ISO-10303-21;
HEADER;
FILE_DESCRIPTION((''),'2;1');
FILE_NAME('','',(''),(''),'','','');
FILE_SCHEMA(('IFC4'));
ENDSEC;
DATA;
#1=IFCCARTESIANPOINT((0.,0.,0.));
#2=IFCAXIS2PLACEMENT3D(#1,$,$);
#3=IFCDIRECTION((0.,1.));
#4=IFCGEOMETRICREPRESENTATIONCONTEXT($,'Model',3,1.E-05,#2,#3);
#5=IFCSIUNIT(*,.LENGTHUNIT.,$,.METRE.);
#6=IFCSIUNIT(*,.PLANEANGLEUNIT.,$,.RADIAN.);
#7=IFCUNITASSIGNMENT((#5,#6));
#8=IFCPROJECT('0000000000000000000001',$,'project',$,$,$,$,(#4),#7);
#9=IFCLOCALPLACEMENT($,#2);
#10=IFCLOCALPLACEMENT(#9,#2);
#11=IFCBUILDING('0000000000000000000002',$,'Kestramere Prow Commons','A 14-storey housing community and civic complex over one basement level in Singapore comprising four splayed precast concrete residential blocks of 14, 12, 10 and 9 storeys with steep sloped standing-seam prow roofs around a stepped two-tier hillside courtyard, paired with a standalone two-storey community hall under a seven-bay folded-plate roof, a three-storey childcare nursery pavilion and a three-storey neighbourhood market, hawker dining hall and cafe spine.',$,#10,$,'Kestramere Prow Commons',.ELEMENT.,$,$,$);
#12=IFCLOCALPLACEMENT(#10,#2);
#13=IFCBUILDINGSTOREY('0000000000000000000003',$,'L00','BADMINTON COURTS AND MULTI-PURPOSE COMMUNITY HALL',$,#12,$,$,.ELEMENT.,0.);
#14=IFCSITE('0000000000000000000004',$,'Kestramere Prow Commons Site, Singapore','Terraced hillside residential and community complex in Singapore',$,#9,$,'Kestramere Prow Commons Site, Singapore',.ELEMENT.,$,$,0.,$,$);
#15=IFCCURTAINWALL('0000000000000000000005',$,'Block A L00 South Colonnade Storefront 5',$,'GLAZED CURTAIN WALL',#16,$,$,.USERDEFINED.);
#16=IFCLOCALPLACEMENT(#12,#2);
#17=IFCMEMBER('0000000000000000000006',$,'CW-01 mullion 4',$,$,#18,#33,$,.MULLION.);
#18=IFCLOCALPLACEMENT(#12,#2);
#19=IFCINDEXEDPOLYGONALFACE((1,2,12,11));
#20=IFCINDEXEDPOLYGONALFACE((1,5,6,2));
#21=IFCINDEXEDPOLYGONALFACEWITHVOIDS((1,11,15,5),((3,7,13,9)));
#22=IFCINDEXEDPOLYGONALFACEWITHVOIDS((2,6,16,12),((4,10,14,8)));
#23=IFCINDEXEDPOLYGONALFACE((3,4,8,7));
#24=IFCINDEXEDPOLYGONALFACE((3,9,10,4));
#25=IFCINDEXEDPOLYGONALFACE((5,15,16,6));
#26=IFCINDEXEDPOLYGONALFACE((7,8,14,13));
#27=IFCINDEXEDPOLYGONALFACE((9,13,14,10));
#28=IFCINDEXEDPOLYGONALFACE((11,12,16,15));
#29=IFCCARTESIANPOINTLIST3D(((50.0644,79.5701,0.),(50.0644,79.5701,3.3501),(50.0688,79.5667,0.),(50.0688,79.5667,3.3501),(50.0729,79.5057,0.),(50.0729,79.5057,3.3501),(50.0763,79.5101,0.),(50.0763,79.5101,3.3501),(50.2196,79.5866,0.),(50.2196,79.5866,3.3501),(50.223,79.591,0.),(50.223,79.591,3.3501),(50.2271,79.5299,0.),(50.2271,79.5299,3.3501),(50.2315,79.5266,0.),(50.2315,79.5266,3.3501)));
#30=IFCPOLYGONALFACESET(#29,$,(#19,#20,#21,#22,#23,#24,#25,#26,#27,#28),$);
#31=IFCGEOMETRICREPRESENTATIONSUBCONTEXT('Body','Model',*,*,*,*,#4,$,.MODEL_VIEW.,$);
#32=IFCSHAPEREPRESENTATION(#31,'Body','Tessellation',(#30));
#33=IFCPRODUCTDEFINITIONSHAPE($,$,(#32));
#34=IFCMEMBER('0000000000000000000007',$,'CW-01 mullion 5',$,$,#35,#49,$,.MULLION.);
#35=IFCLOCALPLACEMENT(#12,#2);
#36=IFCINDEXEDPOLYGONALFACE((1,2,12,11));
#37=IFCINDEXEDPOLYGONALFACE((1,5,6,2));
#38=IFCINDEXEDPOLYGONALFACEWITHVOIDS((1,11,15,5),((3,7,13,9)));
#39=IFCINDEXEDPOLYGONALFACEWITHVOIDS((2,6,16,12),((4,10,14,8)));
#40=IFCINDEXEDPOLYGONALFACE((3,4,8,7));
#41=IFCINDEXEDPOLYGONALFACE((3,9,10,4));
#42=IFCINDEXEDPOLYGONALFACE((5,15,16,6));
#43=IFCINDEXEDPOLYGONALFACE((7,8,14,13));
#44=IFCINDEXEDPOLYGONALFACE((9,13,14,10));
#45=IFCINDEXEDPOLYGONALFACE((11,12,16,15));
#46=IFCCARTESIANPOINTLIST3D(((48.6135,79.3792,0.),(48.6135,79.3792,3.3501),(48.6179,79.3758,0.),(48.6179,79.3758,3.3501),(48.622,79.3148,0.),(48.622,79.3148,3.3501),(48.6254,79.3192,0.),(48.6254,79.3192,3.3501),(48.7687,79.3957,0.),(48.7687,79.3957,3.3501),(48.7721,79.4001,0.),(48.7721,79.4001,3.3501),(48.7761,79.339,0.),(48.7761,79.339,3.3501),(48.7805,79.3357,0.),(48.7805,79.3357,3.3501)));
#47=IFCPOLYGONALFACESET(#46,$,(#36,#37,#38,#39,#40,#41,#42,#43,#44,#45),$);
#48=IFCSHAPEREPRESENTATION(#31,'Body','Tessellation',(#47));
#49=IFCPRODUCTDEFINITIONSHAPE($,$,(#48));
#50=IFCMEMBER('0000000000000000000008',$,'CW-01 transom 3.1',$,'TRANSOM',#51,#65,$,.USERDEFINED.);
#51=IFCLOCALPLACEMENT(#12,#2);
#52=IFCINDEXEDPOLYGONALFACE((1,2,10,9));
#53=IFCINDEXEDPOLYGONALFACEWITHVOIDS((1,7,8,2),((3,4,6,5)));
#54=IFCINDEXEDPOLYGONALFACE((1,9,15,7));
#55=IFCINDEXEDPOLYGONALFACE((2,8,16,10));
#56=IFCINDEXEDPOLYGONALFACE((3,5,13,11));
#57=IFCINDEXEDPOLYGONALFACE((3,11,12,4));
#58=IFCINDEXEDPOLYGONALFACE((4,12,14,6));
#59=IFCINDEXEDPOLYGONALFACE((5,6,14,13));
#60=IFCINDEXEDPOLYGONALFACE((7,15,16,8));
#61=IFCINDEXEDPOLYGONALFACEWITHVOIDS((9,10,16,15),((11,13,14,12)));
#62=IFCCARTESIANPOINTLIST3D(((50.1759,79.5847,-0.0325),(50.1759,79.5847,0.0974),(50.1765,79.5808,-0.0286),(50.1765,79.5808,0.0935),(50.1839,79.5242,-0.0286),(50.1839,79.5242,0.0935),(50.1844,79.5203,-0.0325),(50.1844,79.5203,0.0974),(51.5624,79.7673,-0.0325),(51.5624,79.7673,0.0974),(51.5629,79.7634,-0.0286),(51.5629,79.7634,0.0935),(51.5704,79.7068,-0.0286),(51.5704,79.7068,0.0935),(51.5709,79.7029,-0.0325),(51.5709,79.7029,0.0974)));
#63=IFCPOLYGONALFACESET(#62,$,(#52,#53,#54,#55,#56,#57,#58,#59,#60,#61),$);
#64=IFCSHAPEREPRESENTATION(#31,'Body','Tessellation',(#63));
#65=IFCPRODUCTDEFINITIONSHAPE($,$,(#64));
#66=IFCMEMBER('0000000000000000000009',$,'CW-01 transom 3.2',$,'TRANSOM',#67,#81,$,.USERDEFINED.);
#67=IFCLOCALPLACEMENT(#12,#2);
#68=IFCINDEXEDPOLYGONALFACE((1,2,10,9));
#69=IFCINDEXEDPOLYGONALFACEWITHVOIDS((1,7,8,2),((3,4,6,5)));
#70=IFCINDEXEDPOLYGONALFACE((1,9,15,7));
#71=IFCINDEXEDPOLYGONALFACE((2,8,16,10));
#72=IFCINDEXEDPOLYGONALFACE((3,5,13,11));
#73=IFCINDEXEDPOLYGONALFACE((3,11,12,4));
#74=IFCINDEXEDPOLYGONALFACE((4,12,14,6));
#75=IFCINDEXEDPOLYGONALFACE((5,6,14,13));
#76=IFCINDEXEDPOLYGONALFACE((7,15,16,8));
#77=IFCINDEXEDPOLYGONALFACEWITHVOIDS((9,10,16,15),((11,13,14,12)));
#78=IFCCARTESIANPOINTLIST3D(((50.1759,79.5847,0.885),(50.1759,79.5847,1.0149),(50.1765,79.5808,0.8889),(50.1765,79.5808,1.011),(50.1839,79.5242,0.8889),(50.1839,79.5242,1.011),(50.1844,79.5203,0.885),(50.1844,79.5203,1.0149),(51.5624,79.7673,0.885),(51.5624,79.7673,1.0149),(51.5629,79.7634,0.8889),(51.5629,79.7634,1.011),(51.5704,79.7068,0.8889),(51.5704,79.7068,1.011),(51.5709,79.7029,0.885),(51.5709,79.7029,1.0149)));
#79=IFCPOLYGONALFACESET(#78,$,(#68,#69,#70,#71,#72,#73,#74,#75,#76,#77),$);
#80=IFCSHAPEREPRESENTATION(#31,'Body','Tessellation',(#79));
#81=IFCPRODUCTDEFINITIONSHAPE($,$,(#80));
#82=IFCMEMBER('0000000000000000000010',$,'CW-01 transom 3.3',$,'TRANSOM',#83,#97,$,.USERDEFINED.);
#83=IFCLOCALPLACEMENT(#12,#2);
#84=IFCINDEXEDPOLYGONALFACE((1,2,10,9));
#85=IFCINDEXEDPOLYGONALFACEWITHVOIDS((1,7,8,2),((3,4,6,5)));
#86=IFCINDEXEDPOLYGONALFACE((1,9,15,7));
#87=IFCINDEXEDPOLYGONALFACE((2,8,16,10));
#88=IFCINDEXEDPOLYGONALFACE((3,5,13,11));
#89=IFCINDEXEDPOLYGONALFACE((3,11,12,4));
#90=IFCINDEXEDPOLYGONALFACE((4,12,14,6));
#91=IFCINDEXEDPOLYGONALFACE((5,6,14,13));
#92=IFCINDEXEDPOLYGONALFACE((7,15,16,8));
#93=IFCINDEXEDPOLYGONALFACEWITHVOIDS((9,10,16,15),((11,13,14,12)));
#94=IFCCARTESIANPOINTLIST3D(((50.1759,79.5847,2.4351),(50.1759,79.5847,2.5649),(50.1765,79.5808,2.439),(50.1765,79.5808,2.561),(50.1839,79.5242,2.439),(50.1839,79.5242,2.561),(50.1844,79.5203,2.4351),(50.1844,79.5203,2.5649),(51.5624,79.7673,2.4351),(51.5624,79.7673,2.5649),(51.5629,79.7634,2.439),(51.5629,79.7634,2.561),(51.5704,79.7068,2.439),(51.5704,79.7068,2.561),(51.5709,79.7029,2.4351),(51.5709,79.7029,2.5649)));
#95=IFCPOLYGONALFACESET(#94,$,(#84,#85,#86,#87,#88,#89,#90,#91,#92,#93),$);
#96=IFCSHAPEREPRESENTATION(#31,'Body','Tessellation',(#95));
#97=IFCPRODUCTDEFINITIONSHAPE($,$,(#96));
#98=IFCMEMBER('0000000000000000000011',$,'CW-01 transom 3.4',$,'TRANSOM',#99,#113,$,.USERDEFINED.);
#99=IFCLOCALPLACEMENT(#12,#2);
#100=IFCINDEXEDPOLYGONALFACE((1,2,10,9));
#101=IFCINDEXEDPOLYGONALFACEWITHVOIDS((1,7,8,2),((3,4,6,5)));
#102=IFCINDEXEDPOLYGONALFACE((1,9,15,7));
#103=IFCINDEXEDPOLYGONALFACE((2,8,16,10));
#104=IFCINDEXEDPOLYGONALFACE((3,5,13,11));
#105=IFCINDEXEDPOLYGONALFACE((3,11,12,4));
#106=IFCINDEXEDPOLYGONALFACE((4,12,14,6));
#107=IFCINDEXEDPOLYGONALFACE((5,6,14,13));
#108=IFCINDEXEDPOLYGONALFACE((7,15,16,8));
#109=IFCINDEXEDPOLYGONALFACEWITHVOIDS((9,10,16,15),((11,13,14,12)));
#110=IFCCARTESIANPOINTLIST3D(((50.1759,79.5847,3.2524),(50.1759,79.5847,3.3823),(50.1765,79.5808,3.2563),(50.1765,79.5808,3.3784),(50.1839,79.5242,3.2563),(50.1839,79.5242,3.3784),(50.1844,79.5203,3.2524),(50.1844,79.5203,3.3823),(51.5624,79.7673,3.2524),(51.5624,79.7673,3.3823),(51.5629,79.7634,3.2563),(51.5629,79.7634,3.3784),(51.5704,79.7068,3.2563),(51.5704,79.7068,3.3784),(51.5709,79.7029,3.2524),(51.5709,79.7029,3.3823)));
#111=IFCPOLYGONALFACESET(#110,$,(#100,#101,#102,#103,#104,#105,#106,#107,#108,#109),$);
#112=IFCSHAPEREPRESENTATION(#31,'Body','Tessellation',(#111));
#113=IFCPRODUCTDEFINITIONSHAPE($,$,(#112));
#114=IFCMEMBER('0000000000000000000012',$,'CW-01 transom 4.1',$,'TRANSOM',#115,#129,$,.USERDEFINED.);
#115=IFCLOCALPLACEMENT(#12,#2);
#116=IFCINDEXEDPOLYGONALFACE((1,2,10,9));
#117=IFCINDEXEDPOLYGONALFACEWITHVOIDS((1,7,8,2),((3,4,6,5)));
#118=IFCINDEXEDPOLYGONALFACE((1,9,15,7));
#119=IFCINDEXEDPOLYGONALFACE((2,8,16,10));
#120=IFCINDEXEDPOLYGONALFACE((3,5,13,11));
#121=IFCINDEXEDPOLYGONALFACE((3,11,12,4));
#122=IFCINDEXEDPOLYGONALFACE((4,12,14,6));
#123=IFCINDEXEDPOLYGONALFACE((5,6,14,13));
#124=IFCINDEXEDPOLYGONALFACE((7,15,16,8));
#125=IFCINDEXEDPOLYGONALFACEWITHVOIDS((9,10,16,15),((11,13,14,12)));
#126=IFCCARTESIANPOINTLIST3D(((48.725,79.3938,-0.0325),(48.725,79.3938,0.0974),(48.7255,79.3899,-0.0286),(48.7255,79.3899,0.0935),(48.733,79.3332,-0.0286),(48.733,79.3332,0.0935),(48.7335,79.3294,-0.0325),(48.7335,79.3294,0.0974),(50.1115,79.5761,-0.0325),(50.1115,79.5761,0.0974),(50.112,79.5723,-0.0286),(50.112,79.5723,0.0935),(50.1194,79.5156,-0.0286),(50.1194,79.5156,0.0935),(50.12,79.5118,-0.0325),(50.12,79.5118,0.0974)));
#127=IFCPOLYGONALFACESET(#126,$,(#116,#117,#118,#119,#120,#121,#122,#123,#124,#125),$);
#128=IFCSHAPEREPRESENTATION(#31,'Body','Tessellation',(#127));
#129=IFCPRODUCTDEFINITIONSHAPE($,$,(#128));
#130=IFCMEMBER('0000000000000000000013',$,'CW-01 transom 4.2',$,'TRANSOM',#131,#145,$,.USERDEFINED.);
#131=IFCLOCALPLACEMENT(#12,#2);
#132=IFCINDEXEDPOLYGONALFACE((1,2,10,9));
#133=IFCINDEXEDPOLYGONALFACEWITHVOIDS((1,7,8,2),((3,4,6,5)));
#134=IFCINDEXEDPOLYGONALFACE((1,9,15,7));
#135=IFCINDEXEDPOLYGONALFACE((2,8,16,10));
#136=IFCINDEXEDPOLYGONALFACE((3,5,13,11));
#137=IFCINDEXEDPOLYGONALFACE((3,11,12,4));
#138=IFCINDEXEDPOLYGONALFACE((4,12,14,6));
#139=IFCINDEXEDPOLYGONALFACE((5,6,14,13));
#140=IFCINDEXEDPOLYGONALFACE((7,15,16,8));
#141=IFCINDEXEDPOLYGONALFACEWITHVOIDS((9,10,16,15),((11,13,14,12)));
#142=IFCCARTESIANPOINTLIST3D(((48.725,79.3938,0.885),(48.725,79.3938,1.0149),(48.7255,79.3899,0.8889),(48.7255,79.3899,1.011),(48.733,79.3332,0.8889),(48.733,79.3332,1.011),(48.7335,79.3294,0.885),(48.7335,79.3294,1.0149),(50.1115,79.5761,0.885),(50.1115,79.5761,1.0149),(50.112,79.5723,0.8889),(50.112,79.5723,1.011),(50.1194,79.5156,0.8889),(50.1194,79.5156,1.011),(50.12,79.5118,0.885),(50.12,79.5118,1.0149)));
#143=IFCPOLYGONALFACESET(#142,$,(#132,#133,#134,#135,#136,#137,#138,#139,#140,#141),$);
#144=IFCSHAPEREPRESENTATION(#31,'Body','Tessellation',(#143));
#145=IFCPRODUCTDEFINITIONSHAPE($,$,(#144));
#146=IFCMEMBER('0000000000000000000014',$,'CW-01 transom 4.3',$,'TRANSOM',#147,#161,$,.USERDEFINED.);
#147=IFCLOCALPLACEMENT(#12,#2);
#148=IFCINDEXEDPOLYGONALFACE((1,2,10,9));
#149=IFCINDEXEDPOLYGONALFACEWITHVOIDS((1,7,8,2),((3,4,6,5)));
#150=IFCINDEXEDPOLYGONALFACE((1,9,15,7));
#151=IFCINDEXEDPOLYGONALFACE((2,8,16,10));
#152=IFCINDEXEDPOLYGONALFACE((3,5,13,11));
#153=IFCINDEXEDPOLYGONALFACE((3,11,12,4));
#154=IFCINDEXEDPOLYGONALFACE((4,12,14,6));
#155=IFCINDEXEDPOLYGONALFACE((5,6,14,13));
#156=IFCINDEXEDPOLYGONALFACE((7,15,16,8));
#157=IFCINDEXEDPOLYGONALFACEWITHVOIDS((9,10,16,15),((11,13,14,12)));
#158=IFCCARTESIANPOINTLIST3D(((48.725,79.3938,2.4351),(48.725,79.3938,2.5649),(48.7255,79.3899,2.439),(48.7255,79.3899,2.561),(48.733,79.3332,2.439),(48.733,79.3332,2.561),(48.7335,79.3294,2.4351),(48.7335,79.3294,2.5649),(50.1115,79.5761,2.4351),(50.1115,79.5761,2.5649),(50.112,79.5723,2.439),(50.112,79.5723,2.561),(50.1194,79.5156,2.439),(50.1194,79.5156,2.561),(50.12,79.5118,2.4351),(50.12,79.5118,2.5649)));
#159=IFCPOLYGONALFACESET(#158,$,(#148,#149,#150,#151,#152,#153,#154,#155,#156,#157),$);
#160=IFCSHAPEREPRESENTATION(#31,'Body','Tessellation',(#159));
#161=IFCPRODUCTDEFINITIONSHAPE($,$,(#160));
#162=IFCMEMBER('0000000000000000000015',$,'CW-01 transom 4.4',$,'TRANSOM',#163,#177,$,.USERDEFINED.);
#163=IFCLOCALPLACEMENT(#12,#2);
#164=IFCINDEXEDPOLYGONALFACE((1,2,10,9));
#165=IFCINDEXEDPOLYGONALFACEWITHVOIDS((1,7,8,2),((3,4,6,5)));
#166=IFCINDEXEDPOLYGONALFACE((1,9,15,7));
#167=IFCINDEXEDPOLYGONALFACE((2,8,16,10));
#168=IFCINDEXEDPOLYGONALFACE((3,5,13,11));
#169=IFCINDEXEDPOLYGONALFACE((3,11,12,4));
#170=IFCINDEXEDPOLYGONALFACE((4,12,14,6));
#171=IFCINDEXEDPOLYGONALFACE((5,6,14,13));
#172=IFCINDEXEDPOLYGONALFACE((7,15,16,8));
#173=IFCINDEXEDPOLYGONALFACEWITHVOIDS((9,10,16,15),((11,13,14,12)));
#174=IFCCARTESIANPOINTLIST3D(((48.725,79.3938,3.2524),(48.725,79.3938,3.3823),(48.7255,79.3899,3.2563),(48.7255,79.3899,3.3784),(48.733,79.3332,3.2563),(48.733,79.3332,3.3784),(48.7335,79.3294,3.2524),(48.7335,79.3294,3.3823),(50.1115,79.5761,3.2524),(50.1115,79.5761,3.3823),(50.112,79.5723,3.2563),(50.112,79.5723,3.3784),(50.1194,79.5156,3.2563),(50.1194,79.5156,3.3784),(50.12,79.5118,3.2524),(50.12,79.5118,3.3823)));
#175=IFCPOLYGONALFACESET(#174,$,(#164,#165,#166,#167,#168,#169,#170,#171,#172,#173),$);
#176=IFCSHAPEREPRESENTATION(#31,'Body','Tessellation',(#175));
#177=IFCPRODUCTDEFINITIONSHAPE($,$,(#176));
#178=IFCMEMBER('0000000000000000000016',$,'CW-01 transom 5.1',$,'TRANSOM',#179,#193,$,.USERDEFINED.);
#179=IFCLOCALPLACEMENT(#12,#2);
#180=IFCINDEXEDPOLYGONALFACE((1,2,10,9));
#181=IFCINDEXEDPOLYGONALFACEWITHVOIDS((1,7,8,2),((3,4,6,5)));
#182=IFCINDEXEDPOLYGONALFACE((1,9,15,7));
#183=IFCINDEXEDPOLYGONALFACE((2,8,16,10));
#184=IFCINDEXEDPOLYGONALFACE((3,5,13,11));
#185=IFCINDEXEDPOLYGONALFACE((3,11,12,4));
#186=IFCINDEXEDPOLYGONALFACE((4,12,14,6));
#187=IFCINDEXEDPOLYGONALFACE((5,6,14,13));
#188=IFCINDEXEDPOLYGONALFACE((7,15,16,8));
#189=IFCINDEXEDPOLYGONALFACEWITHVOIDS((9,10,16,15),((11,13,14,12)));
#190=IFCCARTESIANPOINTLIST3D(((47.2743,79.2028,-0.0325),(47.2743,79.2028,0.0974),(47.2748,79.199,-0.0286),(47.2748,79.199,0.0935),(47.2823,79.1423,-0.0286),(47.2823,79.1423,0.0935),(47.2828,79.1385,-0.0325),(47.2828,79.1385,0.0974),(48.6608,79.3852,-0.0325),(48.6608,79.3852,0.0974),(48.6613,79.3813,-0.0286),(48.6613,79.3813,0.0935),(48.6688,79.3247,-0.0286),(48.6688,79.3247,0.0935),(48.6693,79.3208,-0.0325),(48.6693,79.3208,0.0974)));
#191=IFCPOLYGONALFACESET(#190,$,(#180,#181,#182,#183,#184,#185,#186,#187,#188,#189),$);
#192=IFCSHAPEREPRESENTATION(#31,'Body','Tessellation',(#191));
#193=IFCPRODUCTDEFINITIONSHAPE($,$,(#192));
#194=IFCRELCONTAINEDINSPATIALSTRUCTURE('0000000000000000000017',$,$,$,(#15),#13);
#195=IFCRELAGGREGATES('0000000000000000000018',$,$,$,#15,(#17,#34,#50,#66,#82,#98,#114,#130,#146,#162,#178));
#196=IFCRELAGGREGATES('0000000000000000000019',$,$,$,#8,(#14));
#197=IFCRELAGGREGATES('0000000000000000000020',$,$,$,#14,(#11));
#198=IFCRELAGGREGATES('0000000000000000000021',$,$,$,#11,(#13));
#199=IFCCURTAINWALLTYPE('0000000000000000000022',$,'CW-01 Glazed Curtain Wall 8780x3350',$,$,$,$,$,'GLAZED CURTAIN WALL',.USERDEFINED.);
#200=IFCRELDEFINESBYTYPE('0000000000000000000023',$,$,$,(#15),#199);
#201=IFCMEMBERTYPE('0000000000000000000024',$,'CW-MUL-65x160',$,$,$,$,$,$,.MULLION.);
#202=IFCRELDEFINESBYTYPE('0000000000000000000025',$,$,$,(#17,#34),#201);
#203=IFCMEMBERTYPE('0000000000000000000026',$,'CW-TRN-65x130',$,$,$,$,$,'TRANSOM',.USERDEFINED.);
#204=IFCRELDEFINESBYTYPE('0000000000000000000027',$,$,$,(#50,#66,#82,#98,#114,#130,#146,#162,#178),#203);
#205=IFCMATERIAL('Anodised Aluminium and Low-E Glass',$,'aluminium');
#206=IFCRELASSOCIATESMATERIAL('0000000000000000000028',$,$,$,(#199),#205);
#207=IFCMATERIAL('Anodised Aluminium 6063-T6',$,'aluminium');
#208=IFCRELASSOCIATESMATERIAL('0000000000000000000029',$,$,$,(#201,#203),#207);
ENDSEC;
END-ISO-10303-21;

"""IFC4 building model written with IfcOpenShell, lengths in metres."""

from ifc_helpers import new_model, si_unit, direction, frame, origin, origin_2d, place, context, subcontext, project, spatial, hollow_rectangle, extrude, material, material_profile, profile_set, type_object, element, aggregate, save


model = new_model("IFC4")

# Units and contexts
model_context = context("Model", 3, precision=1e-05, world=origin(), true_north=direction((0.0, 1.0)))
body_context = subcontext(model_context, "Body", "Model", "MODEL_VIEW")
ifc_project = project(units=[si_unit("LENGTHUNIT", "METRE"), si_unit("PLANEANGLEUNIT", "RADIAN")], contexts=[model_context])

# Site, building, storey
site_placement = place(None, origin())
site = spatial("IfcSite", under=ifc_project, at=site_placement, Name="Kestramere Prow Commons Site, Singapore", Description="Terraced hillside residential and community complex in Singapore", LongName="Kestramere Prow Commons Site, Singapore", CompositionType="ELEMENT", RefElevation=0.0)
building_placement = place(site_placement, origin())
building = spatial("IfcBuilding", under=site, at=building_placement, Name="Kestramere Prow Commons", Description="A 14-storey housing community and civic complex over one basement level in Singapore comprising four splayed precast concrete residential blocks of 14, 12, 10 and 9 storeys with steep sloped standing-seam prow roofs around a stepped two-tier hillside courtyard, paired with a standalone two-storey community hall under a seven-bay folded-plate roof, a three-storey childcare nursery pavilion and a three-storey neighbourhood market, hawker dining hall and cafe spine.", LongName="Kestramere Prow Commons", CompositionType="ELEMENT")
storey_placement = place(building_placement, origin())
storey = spatial("IfcBuildingStorey", under=building, at=storey_placement, Name="L00", Description="BADMINTON COURTS AND MULTI-PURPOSE COMMUNITY HALL", CompositionType="ELEMENT", Elevation=0.0)

# Curtain wall, members
ifc_material_1 = material(Name="Anodised Aluminium and Low-E Glass", Category="aluminium")
curtain_wall_type = type_object("IfcCurtainWallType", Name="CW-01 Glazed Curtain Wall 8780x3350", ElementType="GLAZED CURTAIN WALL", PredefinedType="USERDEFINED", material=ifc_material_1)
curtain_wall_placement = place(storey_placement, origin())
curtain_wall = element("IfcCurtainWall", 1, at=curtain_wall_placement, inside=storey, type_object=curtain_wall_type, Name="Block A L00 South Colonnade Storefront 5", ObjectType="GLAZED CURTAIN WALL", PredefinedType="USERDEFINED")
ifc_material_2 = material(Name="Anodised Aluminium 6063-T6", Category="aluminium")
ifc_material_profile_1 = material_profile(ifc_material_2, hollow_rectangle(XDim=0.0649, YDim=0.1599, WallThickness=0.0039, at=origin_2d()), Name="ALU-MUL 65x160")
ifc_profile_set_1 = profile_set([ifc_material_profile_1], Name="Anodised Aluminium 6063-T6")
member_type_1 = type_object("IfcMemberType", Name="CW-MUL-65x160", PredefinedType="MULLION", material=ifc_profile_set_1)
member_1_placement = place(storey_placement, frame((50.1479, 79.5483, 0.0), z_axis=(0.0, 0.0, 1.0), x_axis=(0.130526, -0.991445, 0.0)))
member_1 = element("IfcMember", 2, at=member_1_placement, type_object=member_type_1, Name="CW-01 mullion 4", PredefinedType="MULLION", context=body_context, shape_type="SweptSolid", body=[
    extrude(hollow_rectangle(XDim=0.0649, YDim=0.1599, WallThickness=0.0039, at=origin_2d()), origin(), (0.0, 0.0, 1.0), 3.3501),
])
member_2_placement = place(storey_placement, frame((48.697, 79.3574, 0.0), z_axis=(0.0, 0.0, 1.0), x_axis=(0.130526, -0.991445, 0.0)))
member_2 = element("IfcMember", 3, at=member_2_placement, type_object=member_type_1, Name="CW-01 mullion 5", PredefinedType="MULLION", context=body_context, shape_type="SweptSolid", body=[
    extrude(hollow_rectangle(XDim=0.0649, YDim=0.1599, WallThickness=0.0039, at=origin_2d()), origin(), (0.0, 0.0, 1.0), 3.3501),
])
ifc_material_profile_2 = material_profile(ifc_material_2, hollow_rectangle(XDim=0.0649, YDim=0.1299, WallThickness=0.0039, at=origin_2d()), Name="ALU-TRN 65x130")
ifc_profile_set_2 = profile_set([ifc_material_profile_2], Name="Anodised Aluminium 6063-T6")
member_type_2 = type_object("IfcMemberType", Name="CW-TRN-65x130", ElementType="TRANSOM", PredefinedType="USERDEFINED", material=ifc_profile_set_2)
member_3_placement = place(storey_placement, frame((51.5667, 79.7351, 0.0325), z_axis=(-0.991437, -0.130585, 0.0), x_axis=(0.130585, -0.991437, 0.0)))
member_3 = element("IfcMember", 4, at=member_3_placement, type_object=member_type_2, Name="CW-01 transom 3.1", ObjectType="TRANSOM", PredefinedType="USERDEFINED", context=body_context, shape_type="SweptSolid", body=[
    extrude(hollow_rectangle(XDim=0.0649, YDim=0.1299, WallThickness=0.0039, at=origin_2d()), origin(), (0.0, 0.0, 1.0), 1.3984),
])
member_4_placement = place(storey_placement, frame((51.5667, 79.7351, 0.95), z_axis=(-0.991437, -0.130585, 0.0), x_axis=(0.130585, -0.991437, 0.0)))
member_4 = element("IfcMember", 5, at=member_4_placement, type_object=member_type_2, Name="CW-01 transom 3.2", ObjectType="TRANSOM", PredefinedType="USERDEFINED", context=body_context, shape_type="SweptSolid", body=[
    extrude(hollow_rectangle(XDim=0.0649, YDim=0.1299, WallThickness=0.0039, at=origin_2d()), origin(), (0.0, 0.0, 1.0), 1.3984),
])
member_5_placement = place(storey_placement, frame((51.5667, 79.7351, 2.5), z_axis=(-0.991437, -0.130585, 0.0), x_axis=(0.130585, -0.991437, 0.0)))
member_5 = element("IfcMember", 6, at=member_5_placement, type_object=member_type_2, Name="CW-01 transom 3.3", ObjectType="TRANSOM", PredefinedType="USERDEFINED", context=body_context, shape_type="SweptSolid", body=[
    extrude(hollow_rectangle(XDim=0.0649, YDim=0.1299, WallThickness=0.0039, at=origin_2d()), origin(), (0.0, 0.0, 1.0), 1.3984),
])
member_6_placement = place(storey_placement, frame((51.5667, 79.7351, 3.3174), z_axis=(-0.991437, -0.130585, 0.0), x_axis=(0.130585, -0.991437, 0.0)))
member_6 = element("IfcMember", 7, at=member_6_placement, type_object=member_type_2, Name="CW-01 transom 3.4", ObjectType="TRANSOM", PredefinedType="USERDEFINED", context=body_context, shape_type="SweptSolid", body=[
    extrude(hollow_rectangle(XDim=0.0649, YDim=0.1299, WallThickness=0.0039, at=origin_2d()), origin(), (0.0, 0.0, 1.0), 1.3984),
])
member_7_placement = place(storey_placement, frame((50.1157, 79.5439, 0.0325), z_axis=(-0.99146, -0.130414, 0.0), x_axis=(0.130414, -0.99146, 0.0)))
member_7 = element("IfcMember", 8, at=member_7_placement, type_object=member_type_2, Name="CW-01 transom 4.1", ObjectType="TRANSOM", PredefinedType="USERDEFINED", context=body_context, shape_type="SweptSolid", body=[
    extrude(hollow_rectangle(XDim=0.0649, YDim=0.1299, WallThickness=0.0039, at=origin_2d()), origin(), (0.0, 0.0, 1.0), 1.3984),
])
member_8_placement = place(storey_placement, frame((50.1157, 79.5439, 0.95), z_axis=(-0.99146, -0.130414, 0.0), x_axis=(0.130414, -0.99146, 0.0)))
member_8 = element("IfcMember", 9, at=member_8_placement, type_object=member_type_2, Name="CW-01 transom 4.2", ObjectType="TRANSOM", PredefinedType="USERDEFINED", context=body_context, shape_type="SweptSolid", body=[
    extrude(hollow_rectangle(XDim=0.0649, YDim=0.1299, WallThickness=0.0039, at=origin_2d()), origin(), (0.0, 0.0, 1.0), 1.3984),
])
member_9_placement = place(storey_placement, frame((50.1157, 79.5439, 2.5), z_axis=(-0.99146, -0.130414, 0.0), x_axis=(0.130414, -0.99146, 0.0)))
member_9 = element("IfcMember", 10, at=member_9_placement, type_object=member_type_2, Name="CW-01 transom 4.3", ObjectType="TRANSOM", PredefinedType="USERDEFINED", context=body_context, shape_type="SweptSolid", body=[
    extrude(hollow_rectangle(XDim=0.0649, YDim=0.1299, WallThickness=0.0039, at=origin_2d()), origin(), (0.0, 0.0, 1.0), 1.3984),
])
member_10_placement = place(storey_placement, frame((50.1157, 79.5439, 3.3174), z_axis=(-0.99146, -0.130414, 0.0), x_axis=(0.130414, -0.99146, 0.0)))
member_10 = element("IfcMember", 11, at=member_10_placement, type_object=member_type_2, Name="CW-01 transom 4.4", ObjectType="TRANSOM", PredefinedType="USERDEFINED", context=body_context, shape_type="SweptSolid", body=[
    extrude(hollow_rectangle(XDim=0.0649, YDim=0.1299, WallThickness=0.0039, at=origin_2d()), origin(), (0.0, 0.0, 1.0), 1.3984),
])
member_11_placement = place(storey_placement, frame((48.665, 79.353, 0.0325), z_axis=(-0.99146, -0.130414, 0.0), x_axis=(0.130414, -0.99146, 0.0)))
member_11 = element("IfcMember", 12, at=member_11_placement, type_object=member_type_2, Name="CW-01 transom 5.1", ObjectType="TRANSOM", PredefinedType="USERDEFINED", context=body_context, shape_type="SweptSolid", body=[
    extrude(hollow_rectangle(XDim=0.0649, YDim=0.1299, WallThickness=0.0039, at=origin_2d()), origin(), (0.0, 0.0, 1.0), 1.3984),
])
aggregate(curtain_wall, [member_1, member_2, member_3, member_4, member_5, member_6, member_7, member_8, member_9, member_10, member_11])

save(model, "model.ifc")
